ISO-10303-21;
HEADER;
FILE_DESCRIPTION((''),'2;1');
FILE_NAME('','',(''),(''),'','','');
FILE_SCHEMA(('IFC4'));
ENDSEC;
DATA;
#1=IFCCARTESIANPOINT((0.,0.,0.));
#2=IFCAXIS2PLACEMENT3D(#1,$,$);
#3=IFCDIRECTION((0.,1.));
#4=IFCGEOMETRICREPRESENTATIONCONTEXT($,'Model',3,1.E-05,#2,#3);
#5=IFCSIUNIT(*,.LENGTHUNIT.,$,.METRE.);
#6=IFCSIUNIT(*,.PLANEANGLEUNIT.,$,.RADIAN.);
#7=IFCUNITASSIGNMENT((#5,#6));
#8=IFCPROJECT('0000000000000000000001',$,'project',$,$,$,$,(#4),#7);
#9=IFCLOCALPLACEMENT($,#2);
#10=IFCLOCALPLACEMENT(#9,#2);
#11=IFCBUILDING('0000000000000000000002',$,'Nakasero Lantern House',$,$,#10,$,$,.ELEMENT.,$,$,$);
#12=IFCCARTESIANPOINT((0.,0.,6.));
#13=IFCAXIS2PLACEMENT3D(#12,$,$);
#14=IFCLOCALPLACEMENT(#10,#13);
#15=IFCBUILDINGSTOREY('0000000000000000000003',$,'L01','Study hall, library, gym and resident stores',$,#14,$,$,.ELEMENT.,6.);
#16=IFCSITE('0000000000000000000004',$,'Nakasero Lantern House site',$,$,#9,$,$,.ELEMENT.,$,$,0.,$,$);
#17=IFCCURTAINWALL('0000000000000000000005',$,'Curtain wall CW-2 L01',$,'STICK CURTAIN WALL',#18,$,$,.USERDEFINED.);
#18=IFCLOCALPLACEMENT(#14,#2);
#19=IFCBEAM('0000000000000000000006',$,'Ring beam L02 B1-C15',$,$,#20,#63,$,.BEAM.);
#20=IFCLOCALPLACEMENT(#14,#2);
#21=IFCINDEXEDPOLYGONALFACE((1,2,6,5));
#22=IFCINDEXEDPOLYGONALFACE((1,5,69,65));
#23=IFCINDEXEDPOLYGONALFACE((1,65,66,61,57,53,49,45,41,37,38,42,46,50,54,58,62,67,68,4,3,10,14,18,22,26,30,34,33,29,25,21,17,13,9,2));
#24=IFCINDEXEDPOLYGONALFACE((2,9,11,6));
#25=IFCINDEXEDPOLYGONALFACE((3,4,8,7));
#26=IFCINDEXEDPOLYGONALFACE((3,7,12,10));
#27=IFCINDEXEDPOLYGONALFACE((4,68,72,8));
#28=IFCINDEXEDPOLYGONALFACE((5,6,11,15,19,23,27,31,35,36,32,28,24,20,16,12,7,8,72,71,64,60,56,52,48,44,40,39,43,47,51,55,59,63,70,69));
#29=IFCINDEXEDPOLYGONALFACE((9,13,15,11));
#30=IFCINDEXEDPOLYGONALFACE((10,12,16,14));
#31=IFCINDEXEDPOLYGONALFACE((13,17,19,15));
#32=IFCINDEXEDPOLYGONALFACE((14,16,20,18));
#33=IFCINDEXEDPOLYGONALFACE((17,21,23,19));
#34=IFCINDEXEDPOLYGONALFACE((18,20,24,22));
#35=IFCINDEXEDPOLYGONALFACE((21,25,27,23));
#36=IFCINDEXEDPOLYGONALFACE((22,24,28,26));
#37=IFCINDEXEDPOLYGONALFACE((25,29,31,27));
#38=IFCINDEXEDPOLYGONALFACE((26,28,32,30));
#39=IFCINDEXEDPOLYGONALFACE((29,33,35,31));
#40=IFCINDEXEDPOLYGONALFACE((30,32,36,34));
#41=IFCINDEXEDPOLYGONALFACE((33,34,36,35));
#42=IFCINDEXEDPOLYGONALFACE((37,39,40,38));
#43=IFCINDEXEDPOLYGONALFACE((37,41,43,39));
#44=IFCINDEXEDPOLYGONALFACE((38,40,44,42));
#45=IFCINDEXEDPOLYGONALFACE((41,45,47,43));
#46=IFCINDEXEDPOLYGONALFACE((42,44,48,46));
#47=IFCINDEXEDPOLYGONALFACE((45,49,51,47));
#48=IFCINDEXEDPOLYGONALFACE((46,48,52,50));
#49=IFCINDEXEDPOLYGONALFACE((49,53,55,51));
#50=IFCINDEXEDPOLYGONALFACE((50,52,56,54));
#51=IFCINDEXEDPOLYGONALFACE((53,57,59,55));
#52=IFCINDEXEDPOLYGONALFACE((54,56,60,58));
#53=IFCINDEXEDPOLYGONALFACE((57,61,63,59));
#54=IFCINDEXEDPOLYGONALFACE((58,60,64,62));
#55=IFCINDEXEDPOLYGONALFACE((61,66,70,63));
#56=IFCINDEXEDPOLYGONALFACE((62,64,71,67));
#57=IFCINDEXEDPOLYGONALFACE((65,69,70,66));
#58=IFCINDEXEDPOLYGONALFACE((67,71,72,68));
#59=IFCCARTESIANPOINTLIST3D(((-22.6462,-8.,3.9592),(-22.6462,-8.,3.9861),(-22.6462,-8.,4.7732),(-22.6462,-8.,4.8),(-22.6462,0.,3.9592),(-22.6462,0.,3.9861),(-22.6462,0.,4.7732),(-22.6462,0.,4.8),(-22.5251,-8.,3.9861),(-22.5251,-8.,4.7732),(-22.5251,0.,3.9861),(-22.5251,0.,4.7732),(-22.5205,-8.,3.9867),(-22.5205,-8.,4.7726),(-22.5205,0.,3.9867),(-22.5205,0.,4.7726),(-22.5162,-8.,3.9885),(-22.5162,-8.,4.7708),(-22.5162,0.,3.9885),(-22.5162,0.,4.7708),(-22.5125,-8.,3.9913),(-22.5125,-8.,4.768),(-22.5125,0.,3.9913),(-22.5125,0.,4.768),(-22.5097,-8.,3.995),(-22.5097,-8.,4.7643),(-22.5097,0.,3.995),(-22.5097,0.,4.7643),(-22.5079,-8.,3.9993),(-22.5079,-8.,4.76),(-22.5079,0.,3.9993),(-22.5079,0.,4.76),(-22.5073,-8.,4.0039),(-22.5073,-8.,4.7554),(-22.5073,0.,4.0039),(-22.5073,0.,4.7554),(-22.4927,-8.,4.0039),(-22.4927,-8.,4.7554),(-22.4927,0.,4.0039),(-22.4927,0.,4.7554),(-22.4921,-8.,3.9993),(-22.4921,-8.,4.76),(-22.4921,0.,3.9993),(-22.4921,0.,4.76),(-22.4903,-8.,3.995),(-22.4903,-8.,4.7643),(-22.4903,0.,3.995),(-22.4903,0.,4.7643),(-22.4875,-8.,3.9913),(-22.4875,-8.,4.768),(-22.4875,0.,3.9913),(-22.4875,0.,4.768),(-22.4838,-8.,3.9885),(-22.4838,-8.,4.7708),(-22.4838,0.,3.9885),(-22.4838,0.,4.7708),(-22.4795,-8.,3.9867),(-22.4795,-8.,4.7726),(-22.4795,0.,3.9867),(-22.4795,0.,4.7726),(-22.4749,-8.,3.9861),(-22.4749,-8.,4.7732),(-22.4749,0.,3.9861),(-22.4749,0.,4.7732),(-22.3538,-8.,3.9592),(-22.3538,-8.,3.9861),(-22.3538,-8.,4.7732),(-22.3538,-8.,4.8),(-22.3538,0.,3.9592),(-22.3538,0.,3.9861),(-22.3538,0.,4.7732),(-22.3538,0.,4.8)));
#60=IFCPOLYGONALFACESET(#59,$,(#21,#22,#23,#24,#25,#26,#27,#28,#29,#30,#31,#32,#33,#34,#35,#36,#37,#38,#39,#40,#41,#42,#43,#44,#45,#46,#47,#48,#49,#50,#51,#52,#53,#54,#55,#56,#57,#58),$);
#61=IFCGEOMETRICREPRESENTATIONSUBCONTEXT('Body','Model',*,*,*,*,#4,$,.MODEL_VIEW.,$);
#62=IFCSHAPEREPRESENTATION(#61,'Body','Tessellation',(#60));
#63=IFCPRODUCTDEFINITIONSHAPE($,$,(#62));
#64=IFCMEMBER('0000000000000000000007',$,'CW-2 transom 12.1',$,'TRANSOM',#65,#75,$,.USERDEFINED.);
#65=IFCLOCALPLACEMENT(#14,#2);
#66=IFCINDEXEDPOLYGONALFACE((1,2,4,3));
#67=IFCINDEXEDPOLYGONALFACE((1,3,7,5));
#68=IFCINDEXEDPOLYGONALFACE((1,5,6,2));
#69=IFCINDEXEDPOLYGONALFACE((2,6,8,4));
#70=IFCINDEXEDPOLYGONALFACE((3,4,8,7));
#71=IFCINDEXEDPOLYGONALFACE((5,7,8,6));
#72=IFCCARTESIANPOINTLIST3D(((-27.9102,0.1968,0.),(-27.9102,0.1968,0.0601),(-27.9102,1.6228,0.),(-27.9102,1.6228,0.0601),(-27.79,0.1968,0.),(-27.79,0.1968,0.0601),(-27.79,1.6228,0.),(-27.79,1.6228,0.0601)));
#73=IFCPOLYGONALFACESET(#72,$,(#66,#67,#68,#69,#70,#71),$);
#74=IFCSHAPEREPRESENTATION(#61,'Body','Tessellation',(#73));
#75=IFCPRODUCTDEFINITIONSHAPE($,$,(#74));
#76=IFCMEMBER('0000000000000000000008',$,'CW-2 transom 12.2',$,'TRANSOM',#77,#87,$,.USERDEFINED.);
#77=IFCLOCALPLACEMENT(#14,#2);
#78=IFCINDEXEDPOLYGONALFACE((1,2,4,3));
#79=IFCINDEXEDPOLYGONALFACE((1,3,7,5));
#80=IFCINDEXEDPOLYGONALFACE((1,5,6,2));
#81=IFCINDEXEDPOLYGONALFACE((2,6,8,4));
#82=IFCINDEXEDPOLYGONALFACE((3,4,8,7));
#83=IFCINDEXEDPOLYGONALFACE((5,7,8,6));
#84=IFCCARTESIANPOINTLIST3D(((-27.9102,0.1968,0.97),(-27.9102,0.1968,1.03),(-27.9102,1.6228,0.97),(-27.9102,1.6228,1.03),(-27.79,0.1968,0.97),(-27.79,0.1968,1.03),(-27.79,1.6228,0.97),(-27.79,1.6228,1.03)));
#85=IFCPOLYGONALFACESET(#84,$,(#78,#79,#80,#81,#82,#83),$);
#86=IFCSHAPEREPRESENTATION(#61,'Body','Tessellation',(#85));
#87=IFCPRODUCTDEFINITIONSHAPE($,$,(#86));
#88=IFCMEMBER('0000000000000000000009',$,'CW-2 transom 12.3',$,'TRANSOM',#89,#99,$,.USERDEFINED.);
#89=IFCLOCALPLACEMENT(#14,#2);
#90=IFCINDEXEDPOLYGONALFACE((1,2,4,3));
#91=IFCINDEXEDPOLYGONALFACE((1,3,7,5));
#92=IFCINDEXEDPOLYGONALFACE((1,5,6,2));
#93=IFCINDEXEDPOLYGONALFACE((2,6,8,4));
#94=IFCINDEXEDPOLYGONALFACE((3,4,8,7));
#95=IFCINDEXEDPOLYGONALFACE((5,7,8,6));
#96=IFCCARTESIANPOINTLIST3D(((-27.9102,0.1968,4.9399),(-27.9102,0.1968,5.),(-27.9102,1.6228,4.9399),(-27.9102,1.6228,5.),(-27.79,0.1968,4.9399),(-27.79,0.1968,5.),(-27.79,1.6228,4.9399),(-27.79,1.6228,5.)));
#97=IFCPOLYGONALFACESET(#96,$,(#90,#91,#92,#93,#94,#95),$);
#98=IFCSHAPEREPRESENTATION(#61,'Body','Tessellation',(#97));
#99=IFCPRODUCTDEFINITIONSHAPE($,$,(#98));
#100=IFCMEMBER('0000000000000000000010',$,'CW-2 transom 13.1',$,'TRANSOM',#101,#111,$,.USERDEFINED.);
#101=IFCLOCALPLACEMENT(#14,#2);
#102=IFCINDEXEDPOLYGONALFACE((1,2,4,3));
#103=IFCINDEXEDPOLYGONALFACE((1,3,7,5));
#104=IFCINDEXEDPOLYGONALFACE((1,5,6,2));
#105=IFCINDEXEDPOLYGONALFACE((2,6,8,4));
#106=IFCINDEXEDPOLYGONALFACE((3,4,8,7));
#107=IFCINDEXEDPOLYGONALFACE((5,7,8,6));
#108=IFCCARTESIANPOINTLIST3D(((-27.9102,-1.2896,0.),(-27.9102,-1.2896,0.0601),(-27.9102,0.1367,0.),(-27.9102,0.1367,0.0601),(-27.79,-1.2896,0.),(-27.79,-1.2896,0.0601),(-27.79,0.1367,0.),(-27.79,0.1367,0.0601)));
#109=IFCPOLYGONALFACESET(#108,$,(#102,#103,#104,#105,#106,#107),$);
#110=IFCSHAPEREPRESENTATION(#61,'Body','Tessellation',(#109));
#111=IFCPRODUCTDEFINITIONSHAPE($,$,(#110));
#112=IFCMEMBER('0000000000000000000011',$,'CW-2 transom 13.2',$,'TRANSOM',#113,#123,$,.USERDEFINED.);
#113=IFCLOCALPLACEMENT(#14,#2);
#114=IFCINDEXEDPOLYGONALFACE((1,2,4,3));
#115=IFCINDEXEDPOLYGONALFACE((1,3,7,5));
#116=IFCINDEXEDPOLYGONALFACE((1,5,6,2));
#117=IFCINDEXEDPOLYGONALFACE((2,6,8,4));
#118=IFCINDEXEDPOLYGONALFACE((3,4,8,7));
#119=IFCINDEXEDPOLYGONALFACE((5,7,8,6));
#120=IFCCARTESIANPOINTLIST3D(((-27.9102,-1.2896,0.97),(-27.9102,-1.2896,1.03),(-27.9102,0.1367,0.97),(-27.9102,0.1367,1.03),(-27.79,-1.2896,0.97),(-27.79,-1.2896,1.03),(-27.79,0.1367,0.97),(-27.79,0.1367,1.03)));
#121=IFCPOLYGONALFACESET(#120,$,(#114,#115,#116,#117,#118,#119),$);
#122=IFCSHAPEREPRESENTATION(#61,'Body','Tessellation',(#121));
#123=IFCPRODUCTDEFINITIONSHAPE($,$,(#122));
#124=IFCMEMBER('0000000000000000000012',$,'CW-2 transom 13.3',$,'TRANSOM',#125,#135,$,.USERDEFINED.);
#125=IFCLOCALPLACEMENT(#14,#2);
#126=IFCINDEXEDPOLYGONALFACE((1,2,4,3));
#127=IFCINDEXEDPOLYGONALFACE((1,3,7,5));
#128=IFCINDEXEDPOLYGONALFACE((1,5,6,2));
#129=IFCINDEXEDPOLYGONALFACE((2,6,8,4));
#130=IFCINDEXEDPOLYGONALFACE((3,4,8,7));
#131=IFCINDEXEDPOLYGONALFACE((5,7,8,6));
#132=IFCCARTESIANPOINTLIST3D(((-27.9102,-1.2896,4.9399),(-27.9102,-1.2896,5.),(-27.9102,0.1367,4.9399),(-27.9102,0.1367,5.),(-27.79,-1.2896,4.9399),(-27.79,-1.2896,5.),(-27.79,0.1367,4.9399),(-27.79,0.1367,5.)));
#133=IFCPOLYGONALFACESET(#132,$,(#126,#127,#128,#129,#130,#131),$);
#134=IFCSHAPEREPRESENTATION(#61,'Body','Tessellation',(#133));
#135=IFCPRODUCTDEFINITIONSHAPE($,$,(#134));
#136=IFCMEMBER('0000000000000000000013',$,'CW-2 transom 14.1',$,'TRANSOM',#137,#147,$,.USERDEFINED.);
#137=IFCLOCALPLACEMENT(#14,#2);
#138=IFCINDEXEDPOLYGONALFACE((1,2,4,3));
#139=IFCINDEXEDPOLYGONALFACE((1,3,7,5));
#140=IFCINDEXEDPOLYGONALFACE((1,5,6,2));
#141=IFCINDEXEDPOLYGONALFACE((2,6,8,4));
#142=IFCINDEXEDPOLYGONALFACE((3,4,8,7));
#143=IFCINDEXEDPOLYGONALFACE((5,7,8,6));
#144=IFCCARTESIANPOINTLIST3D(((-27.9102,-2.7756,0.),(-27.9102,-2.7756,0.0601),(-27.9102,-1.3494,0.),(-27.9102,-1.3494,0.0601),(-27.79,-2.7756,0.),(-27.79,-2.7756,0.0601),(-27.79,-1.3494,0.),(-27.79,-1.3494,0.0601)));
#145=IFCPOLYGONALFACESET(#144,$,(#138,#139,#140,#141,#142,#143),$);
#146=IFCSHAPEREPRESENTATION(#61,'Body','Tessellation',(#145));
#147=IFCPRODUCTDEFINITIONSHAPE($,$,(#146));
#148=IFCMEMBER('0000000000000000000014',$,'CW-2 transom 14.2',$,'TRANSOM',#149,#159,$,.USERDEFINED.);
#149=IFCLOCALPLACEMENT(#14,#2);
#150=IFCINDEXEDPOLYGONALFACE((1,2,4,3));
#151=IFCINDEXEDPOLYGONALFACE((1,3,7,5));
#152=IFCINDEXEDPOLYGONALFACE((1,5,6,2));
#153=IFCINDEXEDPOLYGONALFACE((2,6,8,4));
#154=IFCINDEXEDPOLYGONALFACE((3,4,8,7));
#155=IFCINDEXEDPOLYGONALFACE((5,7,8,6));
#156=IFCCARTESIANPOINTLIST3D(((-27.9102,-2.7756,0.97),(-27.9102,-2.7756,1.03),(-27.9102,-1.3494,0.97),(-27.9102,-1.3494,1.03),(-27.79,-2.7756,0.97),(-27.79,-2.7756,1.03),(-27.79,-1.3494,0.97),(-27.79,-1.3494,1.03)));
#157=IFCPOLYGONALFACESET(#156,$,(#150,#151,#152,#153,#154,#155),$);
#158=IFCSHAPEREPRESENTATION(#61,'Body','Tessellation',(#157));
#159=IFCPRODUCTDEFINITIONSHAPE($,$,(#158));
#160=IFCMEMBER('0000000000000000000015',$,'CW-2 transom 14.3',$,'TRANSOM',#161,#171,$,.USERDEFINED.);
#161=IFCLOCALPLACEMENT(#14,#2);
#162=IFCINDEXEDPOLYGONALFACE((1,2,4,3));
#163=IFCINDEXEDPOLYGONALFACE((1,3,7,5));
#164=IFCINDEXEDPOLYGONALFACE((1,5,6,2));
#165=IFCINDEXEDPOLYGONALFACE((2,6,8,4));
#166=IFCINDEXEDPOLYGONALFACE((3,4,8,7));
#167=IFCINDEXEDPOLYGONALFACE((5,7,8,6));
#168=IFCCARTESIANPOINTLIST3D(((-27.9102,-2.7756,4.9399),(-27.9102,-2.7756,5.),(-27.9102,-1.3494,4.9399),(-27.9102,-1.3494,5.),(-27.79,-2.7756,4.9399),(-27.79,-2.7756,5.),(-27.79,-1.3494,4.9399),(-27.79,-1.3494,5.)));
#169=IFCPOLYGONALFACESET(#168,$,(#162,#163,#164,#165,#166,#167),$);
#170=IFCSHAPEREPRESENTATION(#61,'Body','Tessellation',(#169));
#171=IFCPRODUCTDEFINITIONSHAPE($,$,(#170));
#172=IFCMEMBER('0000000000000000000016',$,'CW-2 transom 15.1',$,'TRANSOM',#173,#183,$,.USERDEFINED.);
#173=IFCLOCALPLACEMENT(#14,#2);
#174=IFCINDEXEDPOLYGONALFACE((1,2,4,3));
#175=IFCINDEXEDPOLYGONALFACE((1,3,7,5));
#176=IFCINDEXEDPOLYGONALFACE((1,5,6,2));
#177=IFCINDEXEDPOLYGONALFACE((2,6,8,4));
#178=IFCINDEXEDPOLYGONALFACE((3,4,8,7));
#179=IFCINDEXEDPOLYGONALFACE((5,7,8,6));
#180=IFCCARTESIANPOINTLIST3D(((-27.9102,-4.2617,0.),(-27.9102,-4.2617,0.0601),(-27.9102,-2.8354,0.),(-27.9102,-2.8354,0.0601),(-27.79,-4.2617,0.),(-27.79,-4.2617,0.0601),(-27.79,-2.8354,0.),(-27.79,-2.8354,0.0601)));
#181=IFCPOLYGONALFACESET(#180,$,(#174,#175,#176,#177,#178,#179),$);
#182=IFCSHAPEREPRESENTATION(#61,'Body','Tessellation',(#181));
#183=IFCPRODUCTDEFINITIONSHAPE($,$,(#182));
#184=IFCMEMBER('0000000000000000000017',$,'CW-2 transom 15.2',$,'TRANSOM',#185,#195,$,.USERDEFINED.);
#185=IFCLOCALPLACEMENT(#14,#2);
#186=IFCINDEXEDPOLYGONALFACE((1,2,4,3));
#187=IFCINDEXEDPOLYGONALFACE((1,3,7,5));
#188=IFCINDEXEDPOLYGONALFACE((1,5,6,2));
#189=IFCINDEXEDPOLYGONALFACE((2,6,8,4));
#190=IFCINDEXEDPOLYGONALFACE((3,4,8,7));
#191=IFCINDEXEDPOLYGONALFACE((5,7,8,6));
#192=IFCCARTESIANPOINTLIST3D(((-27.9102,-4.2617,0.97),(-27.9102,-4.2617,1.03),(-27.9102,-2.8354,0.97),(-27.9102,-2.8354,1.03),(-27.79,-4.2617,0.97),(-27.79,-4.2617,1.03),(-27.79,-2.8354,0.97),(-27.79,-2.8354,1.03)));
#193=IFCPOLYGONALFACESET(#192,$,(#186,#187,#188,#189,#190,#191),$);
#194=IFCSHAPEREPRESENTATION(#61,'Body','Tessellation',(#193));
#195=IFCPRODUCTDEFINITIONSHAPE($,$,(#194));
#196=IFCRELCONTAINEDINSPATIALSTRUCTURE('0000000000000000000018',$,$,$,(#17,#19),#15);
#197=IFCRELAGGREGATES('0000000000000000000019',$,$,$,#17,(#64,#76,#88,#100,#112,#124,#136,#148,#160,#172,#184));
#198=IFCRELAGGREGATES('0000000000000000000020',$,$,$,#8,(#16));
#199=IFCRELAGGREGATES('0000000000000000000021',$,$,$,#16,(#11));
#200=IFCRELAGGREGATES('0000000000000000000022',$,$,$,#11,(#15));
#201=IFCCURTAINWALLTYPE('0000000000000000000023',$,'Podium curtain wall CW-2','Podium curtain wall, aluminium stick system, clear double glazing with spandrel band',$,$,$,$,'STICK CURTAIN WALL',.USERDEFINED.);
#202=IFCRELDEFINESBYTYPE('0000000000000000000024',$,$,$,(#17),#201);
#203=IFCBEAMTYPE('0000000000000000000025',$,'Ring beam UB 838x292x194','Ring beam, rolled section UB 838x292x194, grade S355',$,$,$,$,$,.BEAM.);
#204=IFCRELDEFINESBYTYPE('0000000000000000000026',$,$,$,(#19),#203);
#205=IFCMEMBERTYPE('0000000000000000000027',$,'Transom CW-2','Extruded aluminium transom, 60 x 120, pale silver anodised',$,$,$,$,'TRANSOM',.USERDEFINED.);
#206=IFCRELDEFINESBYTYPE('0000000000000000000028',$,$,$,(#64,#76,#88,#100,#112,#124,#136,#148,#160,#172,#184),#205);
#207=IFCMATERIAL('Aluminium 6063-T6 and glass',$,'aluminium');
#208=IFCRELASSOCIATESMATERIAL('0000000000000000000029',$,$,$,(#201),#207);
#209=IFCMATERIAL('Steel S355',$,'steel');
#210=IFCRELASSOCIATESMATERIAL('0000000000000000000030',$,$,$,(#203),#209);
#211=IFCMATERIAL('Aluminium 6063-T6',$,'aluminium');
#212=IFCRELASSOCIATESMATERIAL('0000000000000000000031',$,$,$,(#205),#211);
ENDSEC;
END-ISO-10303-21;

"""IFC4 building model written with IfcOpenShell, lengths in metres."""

from ifc_helpers import new_model, si_unit, direction, frame, origin, origin_2d, place, context, subcontext, project, spatial, rectangle, i_section, extrude, material, material_profile, profile_set, type_object, element, aggregate, save


model = new_model("IFC4")

# Units and contexts
model_context = context("Model", 3, precision=1e-05, world=origin(), true_north=direction((0.0, 1.0)))
body_context = subcontext(model_context, "Body", "Model", "MODEL_VIEW")
ifc_project = project(units=[si_unit("LENGTHUNIT", "METRE"), si_unit("PLANEANGLEUNIT", "RADIAN")], contexts=[model_context])

# Site, building, storey
site_placement = place(None, origin())
site = spatial("IfcSite", under=ifc_project, at=site_placement, Name="Nakasero Lantern House site", CompositionType="ELEMENT", RefElevation=0.0)
building_placement = place(site_placement, origin())
building = spatial("IfcBuilding", under=site, at=building_placement, Name="Nakasero Lantern House", CompositionType="ELEMENT")
storey_placement = place(building_placement, frame((0.0, 0.0, 6.0)))
storey = spatial("IfcBuildingStorey", under=building, at=storey_placement, Name="L01", Description="Study hall, library, gym and resident stores", CompositionType="ELEMENT", Elevation=6.0)

# Curtain wall
ifc_material_1 = material(Name="Aluminium 6063-T6 and glass", Category="aluminium")
curtain_wall_type = type_object("IfcCurtainWallType", Name="Podium curtain wall CW-2", Description="Podium curtain wall, aluminium stick system, clear double glazing with spandrel band", ElementType="STICK CURTAIN WALL", PredefinedType="USERDEFINED", material=ifc_material_1)
curtain_wall_placement = place(storey_placement, origin())
curtain_wall = element("IfcCurtainWall", 1, at=curtain_wall_placement, inside=storey, type_object=curtain_wall_type, Name="Curtain wall CW-2 L01", ObjectType="STICK CURTAIN WALL", PredefinedType="USERDEFINED")

# Beam
ifc_material_2 = material(Name="Steel S355", Category="steel")
ifc_material_profile_1 = material_profile(ifc_material_2, i_section(OverallWidth=0.2925, OverallDepth=0.8408, WebThickness=0.0146, FlangeThickness=0.0269, FilletRadius=0.0178, at=origin_2d()), Name="UB 838x292x194")
ifc_profile_set_1 = profile_set([ifc_material_profile_1], Name="Steel S355")
beam_type_1 = type_object("IfcBeamType", Name="Ring beam UB 838x292x194", Description="Ring beam, rolled section UB 838x292x194, grade S355", PredefinedType="BEAM", material=ifc_profile_set_1)
beam_1_placement = place(storey_placement, frame((-22.5, 0.0, 4.3796), z_axis=(0.0, -1.0, 0.0), x_axis=(1.0, 0.0, 0.0)))
element("IfcBeam", 2, at=beam_1_placement, inside=storey, type_object=beam_type_1, Name="Ring beam L02 B1-C15", PredefinedType="BEAM", context=body_context, shape_type="SweptSolid", body=[
    extrude(i_section(OverallWidth=0.2925, OverallDepth=0.8408, WebThickness=0.0146, FlangeThickness=0.0269, FilletRadius=0.0178, at=origin_2d()), origin(), (0.0, 0.0, 1.0), 8.0),
])

# Members
ifc_material_3 = material(Name="Aluminium 6063-T6", Category="aluminium")
ifc_material_profile_2 = material_profile(ifc_material_3, rectangle(XDim=0.0601, YDim=0.1201, at=origin_2d()), Name="CW-2 transom 60x120")
ifc_profile_set_2 = profile_set([ifc_material_profile_2], Name="Aluminium 6063-T6")
member_type_1 = type_object("IfcMemberType", Name="Transom CW-2", Description="Extruded aluminium transom, 60 x 120, pale silver anodised", ElementType="TRANSOM", PredefinedType="USERDEFINED", material=ifc_profile_set_2)
member_1_placement = place(storey_placement, frame((-27.8501, 1.6228, 0.03), z_axis=(0.0, -1.0, 0.0), x_axis=(0.0, 0.0, 1.0)))
member_1 = element("IfcMember", 3, at=member_1_placement, type_object=member_type_1, Name="CW-2 transom 12.1", ObjectType="TRANSOM", PredefinedType="USERDEFINED", context=body_context, shape_type="SweptSolid", body=[
    extrude(rectangle(XDim=0.0601, YDim=0.1201, at=origin_2d()), origin(), (0.0, 0.0, 1.0), 1.426),
])
member_2_placement = place(storey_placement, frame((-27.8501, 1.6228, 1.0), z_axis=(0.0, -1.0, 0.0), x_axis=(0.0, 0.0, 1.0)))
member_2 = element("IfcMember", 4, at=member_2_placement, type_object=member_type_1, Name="CW-2 transom 12.2", ObjectType="TRANSOM", PredefinedType="USERDEFINED", context=body_context, shape_type="SweptSolid", body=[
    extrude(rectangle(XDim=0.0601, YDim=0.1201, at=origin_2d()), origin(), (0.0, 0.0, 1.0), 1.426),
])
member_3_placement = place(storey_placement, frame((-27.8501, 1.6228, 4.97), z_axis=(0.0, -1.0, 0.0), x_axis=(0.0, 0.0, 1.0)))
member_3 = element("IfcMember", 5, at=member_3_placement, type_object=member_type_1, Name="CW-2 transom 12.3", ObjectType="TRANSOM", PredefinedType="USERDEFINED", context=body_context, shape_type="SweptSolid", body=[
    extrude(rectangle(XDim=0.0601, YDim=0.1201, at=origin_2d()), origin(), (0.0, 0.0, 1.0), 1.426),
])
member_4_placement = place(storey_placement, frame((-27.8501, 0.1367, 0.03), z_axis=(0.0, -1.0, 0.0), x_axis=(0.0, 0.0, 1.0)))
member_4 = element("IfcMember", 6, at=member_4_placement, type_object=member_type_1, Name="CW-2 transom 13.1", ObjectType="TRANSOM", PredefinedType="USERDEFINED", context=body_context, shape_type="SweptSolid", body=[
    extrude(rectangle(XDim=0.0601, YDim=0.1201, at=origin_2d()), origin(), (0.0, 0.0, 1.0), 1.4263),
])
member_5_placement = place(storey_placement, frame((-27.8501, 0.1367, 1.0), z_axis=(0.0, -1.0, 0.0), x_axis=(0.0, 0.0, 1.0)))
member_5 = element("IfcMember", 7, at=member_5_placement, type_object=member_type_1, Name="CW-2 transom 13.2", ObjectType="TRANSOM", PredefinedType="USERDEFINED", context=body_context, shape_type="SweptSolid", body=[
    extrude(rectangle(XDim=0.0601, YDim=0.1201, at=origin_2d()), origin(), (0.0, 0.0, 1.0), 1.4263),
])
member_6_placement = place(storey_placement, frame((-27.8501, 0.1367, 4.97), z_axis=(0.0, -1.0, 0.0), x_axis=(0.0, 0.0, 1.0)))
member_6 = element("IfcMember", 8, at=member_6_placement, type_object=member_type_1, Name="CW-2 transom 13.3", ObjectType="TRANSOM", PredefinedType="USERDEFINED", context=body_context, shape_type="SweptSolid", body=[
    extrude(rectangle(XDim=0.0601, YDim=0.1201, at=origin_2d()), origin(), (0.0, 0.0, 1.0), 1.4263),
])
member_7_placement = place(storey_placement, frame((-27.8501, -1.3494, 0.03), z_axis=(0.0, -1.0, 0.0), x_axis=(0.0, 0.0, 1.0)))
member_7 = element("IfcMember", 9, at=member_7_placement, type_object=member_type_1, Name="CW-2 transom 14.1", ObjectType="TRANSOM", PredefinedType="USERDEFINED", context=body_context, shape_type="SweptSolid", body=[
    extrude(rectangle(XDim=0.0601, YDim=0.1201, at=origin_2d()), origin(), (0.0, 0.0, 1.0), 1.4263),
])
member_8_placement = place(storey_placement, frame((-27.8501, -1.3494, 1.0), z_axis=(0.0, -1.0, 0.0), x_axis=(0.0, 0.0, 1.0)))
member_8 = element("IfcMember", 10, at=member_8_placement, type_object=member_type_1, Name="CW-2 transom 14.2", ObjectType="TRANSOM", PredefinedType="USERDEFINED", context=body_context, shape_type="SweptSolid", body=[
    extrude(rectangle(XDim=0.0601, YDim=0.1201, at=origin_2d()), origin(), (0.0, 0.0, 1.0), 1.4263),
])
member_9_placement = place(storey_placement, frame((-27.8501, -1.3494, 4.97), z_axis=(0.0, -1.0, 0.0), x_axis=(0.0, 0.0, 1.0)))
member_9 = element("IfcMember", 11, at=member_9_placement, type_object=member_type_1, Name="CW-2 transom 14.3", ObjectType="TRANSOM", PredefinedType="USERDEFINED", context=body_context, shape_type="SweptSolid", body=[
    extrude(rectangle(XDim=0.0601, YDim=0.1201, at=origin_2d()), origin(), (0.0, 0.0, 1.0), 1.4263),
])
member_10_placement = place(storey_placement, frame((-27.8501, -2.8354, 0.03), z_axis=(0.0, -1.0, 0.0), x_axis=(0.0, 0.0, 1.0)))
member_10 = element("IfcMember", 12, at=member_10_placement, type_object=member_type_1, Name="CW-2 transom 15.1", ObjectType="TRANSOM", PredefinedType="USERDEFINED", context=body_context, shape_type="SweptSolid", body=[
    extrude(rectangle(XDim=0.0601, YDim=0.1201, at=origin_2d()), origin(), (0.0, 0.0, 1.0), 1.4263),
])
member_11_placement = place(storey_placement, frame((-27.8501, -2.8354, 1.0), z_axis=(0.0, -1.0, 0.0), x_axis=(0.0, 0.0, 1.0)))
member_11 = element("IfcMember", 13, at=member_11_placement, type_object=member_type_1, Name="CW-2 transom 15.2", ObjectType="TRANSOM", PredefinedType="USERDEFINED", context=body_context, shape_type="SweptSolid", body=[
    extrude(rectangle(XDim=0.0601, YDim=0.1201, at=origin_2d()), origin(), (0.0, 0.0, 1.0), 1.4263),
])

aggregate(curtain_wall, [member_1, member_2, member_3, member_4, member_5, member_6, member_7, member_8, member_9, member_10, member_11])

save(model, "model.ifc")
